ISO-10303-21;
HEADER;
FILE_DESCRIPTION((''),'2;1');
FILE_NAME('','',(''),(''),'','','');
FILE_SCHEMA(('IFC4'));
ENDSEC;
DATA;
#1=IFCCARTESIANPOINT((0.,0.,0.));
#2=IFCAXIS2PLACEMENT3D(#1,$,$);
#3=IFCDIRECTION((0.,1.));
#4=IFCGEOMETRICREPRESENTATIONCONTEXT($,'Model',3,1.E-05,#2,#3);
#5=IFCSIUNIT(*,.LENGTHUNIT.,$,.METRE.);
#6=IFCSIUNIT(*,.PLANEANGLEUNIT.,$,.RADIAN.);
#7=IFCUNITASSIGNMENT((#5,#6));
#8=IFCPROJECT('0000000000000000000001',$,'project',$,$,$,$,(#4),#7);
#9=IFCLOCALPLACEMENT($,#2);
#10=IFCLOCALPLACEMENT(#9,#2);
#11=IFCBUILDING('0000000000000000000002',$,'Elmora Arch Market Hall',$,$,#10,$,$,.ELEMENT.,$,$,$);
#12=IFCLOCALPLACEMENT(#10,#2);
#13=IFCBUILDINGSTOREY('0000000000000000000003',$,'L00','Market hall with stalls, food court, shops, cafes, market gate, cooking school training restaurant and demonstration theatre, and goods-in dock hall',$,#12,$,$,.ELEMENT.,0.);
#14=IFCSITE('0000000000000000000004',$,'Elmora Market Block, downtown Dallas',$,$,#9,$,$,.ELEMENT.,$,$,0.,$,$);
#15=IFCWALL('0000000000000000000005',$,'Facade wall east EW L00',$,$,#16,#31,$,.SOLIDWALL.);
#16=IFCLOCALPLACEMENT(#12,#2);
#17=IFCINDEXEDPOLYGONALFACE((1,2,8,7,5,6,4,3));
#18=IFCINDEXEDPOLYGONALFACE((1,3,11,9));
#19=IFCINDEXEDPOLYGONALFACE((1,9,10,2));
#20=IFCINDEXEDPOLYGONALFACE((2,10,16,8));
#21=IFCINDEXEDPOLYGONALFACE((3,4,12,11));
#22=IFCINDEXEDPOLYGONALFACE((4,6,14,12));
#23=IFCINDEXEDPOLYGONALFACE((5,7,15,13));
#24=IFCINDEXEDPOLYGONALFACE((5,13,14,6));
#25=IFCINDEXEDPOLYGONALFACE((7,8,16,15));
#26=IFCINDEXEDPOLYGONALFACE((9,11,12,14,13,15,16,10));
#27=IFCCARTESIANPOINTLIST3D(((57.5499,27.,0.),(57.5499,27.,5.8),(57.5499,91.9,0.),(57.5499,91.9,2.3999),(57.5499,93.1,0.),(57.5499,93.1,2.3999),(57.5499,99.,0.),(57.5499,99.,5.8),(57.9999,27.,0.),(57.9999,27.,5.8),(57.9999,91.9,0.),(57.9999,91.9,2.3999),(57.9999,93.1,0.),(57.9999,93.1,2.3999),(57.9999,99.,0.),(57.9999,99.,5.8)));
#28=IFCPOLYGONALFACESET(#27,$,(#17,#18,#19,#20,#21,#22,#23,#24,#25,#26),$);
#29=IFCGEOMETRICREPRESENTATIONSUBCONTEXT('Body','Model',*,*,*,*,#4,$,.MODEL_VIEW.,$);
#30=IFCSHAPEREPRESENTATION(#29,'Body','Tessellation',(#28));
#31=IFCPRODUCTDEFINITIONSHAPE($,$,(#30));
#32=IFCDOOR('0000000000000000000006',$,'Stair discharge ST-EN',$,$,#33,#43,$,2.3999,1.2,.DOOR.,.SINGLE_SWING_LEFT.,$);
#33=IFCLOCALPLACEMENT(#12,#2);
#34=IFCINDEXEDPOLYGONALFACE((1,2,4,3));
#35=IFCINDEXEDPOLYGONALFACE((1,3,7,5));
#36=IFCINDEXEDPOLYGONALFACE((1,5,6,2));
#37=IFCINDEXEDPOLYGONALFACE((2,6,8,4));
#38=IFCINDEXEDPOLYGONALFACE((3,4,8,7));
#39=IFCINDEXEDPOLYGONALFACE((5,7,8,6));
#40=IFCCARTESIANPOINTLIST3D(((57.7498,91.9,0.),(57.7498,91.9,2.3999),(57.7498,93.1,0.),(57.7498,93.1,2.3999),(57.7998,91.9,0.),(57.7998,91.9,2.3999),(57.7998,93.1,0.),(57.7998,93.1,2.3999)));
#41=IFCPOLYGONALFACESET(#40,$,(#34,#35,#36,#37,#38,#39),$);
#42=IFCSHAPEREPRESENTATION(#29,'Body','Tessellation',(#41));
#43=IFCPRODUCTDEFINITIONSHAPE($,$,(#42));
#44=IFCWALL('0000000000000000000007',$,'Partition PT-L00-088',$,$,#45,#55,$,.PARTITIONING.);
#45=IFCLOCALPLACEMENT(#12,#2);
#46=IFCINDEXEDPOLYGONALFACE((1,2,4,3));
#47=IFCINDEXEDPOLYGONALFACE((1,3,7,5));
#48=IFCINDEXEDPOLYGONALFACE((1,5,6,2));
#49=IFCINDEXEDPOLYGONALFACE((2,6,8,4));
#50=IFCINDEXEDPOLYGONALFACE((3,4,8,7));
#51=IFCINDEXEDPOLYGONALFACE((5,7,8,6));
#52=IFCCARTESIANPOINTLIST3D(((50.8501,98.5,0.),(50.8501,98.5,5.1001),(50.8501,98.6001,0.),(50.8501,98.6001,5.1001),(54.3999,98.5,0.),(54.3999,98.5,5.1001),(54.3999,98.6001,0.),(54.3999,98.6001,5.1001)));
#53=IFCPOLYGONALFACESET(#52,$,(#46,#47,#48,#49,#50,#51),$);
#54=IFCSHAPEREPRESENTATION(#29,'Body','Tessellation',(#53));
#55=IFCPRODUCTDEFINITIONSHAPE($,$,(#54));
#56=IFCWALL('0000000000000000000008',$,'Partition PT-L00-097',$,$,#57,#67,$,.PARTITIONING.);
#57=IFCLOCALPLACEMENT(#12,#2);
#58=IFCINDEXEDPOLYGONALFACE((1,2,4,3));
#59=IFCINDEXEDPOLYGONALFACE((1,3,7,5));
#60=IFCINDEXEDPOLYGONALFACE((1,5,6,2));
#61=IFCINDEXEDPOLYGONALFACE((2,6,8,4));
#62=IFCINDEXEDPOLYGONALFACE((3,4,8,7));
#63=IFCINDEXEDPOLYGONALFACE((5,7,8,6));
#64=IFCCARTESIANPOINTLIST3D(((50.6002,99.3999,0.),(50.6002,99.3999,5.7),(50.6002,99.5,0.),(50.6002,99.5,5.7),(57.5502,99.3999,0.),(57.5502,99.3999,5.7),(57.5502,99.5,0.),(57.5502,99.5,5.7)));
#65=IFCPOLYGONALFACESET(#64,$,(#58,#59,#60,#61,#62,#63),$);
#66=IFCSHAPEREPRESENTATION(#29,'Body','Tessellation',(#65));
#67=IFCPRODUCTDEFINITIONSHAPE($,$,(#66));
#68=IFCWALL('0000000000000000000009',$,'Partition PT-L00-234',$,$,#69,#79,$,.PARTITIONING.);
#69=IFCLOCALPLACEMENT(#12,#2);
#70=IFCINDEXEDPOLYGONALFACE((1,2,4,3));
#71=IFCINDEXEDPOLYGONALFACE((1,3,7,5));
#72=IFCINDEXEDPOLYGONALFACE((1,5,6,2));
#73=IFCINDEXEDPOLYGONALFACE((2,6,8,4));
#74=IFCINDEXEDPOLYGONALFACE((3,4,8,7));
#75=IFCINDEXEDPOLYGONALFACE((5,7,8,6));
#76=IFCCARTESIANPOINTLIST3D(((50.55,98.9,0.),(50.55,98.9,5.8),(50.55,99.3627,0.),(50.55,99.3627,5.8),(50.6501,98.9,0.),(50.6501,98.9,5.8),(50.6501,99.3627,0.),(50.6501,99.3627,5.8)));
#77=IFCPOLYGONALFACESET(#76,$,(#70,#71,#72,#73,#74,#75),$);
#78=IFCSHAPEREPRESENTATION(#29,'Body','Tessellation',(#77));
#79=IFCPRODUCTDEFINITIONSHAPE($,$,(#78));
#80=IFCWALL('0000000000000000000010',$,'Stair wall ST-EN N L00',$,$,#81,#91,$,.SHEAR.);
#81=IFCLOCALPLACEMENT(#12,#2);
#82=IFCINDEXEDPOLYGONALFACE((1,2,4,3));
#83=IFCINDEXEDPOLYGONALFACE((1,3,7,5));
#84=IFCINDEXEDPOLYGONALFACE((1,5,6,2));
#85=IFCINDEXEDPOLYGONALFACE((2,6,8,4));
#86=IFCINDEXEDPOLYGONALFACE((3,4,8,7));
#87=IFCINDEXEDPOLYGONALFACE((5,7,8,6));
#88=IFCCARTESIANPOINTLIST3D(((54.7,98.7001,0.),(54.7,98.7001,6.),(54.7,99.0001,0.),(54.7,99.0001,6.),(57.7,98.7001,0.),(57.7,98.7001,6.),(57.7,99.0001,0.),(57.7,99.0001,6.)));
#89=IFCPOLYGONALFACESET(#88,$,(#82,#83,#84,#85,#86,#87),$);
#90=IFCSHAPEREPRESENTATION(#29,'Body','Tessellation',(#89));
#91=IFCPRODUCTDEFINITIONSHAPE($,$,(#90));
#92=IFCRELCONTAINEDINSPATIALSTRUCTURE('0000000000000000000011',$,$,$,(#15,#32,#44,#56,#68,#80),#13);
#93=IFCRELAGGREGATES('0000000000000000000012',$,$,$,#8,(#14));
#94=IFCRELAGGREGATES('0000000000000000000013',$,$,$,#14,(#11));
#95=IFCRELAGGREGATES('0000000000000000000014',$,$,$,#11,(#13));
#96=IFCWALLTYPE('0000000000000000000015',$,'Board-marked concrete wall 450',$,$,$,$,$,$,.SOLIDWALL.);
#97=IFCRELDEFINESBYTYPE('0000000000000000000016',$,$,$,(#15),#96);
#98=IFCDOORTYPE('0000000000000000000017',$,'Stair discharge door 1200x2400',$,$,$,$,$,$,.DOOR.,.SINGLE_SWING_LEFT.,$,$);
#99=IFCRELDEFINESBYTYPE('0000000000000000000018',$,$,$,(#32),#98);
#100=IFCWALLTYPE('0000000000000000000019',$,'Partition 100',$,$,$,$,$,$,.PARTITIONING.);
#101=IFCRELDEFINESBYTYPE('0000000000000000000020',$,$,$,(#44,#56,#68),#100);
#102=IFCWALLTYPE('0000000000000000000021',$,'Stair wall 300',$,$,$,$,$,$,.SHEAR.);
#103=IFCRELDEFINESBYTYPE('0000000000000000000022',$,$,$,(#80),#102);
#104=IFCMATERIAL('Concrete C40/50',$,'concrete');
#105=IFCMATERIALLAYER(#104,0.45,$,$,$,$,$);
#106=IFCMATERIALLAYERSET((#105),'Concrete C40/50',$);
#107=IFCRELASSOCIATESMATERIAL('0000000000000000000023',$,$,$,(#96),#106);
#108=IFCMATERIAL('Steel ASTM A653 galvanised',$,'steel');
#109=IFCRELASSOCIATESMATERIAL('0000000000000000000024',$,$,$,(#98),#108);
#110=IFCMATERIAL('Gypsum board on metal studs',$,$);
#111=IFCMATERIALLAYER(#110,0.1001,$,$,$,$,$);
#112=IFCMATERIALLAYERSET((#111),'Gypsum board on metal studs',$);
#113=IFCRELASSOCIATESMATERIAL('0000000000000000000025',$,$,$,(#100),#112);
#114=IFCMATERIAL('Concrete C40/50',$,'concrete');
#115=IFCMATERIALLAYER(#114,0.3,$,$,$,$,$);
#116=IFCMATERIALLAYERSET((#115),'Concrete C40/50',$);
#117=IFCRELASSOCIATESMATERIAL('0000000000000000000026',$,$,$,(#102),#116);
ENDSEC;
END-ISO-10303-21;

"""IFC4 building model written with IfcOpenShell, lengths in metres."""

from ifc_helpers import new_model, si_unit, direction, frame, frame_2d, origin, place, context, subcontext, project, spatial, rectangle, extrude, material, layer, layer_set, type_object, element, fill, save


model = new_model("IFC4")

# Units and contexts
model_context = context("Model", 3, precision=1e-05, world=origin(), true_north=direction((0.0, 1.0)))
body_context = subcontext(model_context, "Body", "Model", "MODEL_VIEW")
ifc_project = project(units=[si_unit("LENGTHUNIT", "METRE"), si_unit("PLANEANGLEUNIT", "RADIAN")], contexts=[model_context])

# Site, building, storey
site_placement = place(None, origin())
site = spatial("IfcSite", under=ifc_project, at=site_placement, Name="Elmora Market Block, downtown Dallas", CompositionType="ELEMENT", RefElevation=0.0)
building_placement = place(site_placement, origin())
building = spatial("IfcBuilding", under=site, at=building_placement, Name="Elmora Arch Market Hall", CompositionType="ELEMENT")
storey_placement = place(building_placement, origin())
storey = spatial("IfcBuildingStorey", under=building, at=storey_placement, Name="L00", Description="Market hall with stalls, food court, shops, cafes, market gate, cooking school training restaurant and demonstration theatre, and goods-in dock hall", CompositionType="ELEMENT", Elevation=0.0)

# Wall, opening, door
ifc_material_1 = material(Name="Concrete C40/50", Category="concrete")
ifc_layer_1 = layer(ifc_material_1, 0.45)
ifc_layer_set_1 = layer_set([ifc_layer_1], Name="Concrete C40/50")
wall_type_1 = type_object("IfcWallType", Name="Board-marked concrete wall 450", PredefinedType="SOLIDWALL", material=ifc_layer_set_1)
wall_1_placement = place(storey_placement, frame((57.7749, 99.0, 0.0), z_axis=(0.0, 0.0, 1.0), x_axis=(0.0, -1.0, 0.0)))
wall_1 = element("IfcWall", 1, at=wall_1_placement, inside=storey, type_object=wall_type_1, Name="Facade wall east EW L00", PredefinedType="SOLIDWALL", context=body_context, shape_type="SweptSolid", body=[
    extrude(rectangle(XDim=72.0, YDim=0.45, at=frame_2d((36.0, 0.0))), origin(), (0.0, 0.0, 1.0), 5.8),
])
opening_placement = place(wall_1_placement, frame((5.8999, 0.0, 0.0)))
opening = element("IfcOpeningElement", 2, at=opening_placement, cuts=wall_1, PredefinedType="OPENING", context=body_context, shape_type="SweptSolid", body=[
    extrude(rectangle(XDim=1.2, YDim=2.3999, at=frame_2d((0.6001, 1.2))), frame((0.0, 0.2349, 0.0), z_axis=(0.0, -1.0, 0.0), x_axis=(1.0, 0.0, 0.0)), (0.0, 0.0, 1.0), 0.47),
])
ifc_material_2 = material(Name="Steel ASTM A653 galvanised", Category="steel")
door_type = type_object("IfcDoorType", Name="Stair discharge door 1200x2400", OperationType="SINGLE_SWING_LEFT", PredefinedType="DOOR", material=ifc_material_2)
door_placement = place(opening_placement, origin())
door = element("IfcDoor", 3, at=door_placement, inside=storey, type_object=door_type, Name="Stair discharge ST-EN", OperationType="SINGLE_SWING_LEFT", OverallHeight=2.3999, OverallWidth=1.2, PredefinedType="DOOR", context=body_context, shape_type="SweptSolid", body=[
    extrude(rectangle(XDim=1.2, YDim=2.3999, at=frame_2d((0.6001, 1.2))), frame((0.0, 0.0249, 0.0), z_axis=(0.0, -1.0, 0.0), x_axis=(1.0, 0.0, 0.0)), (0.0, 0.0, 1.0), 0.05),
])
fill(opening, door)

# Walls
ifc_material_3 = material(Name="Gypsum board on metal studs")
ifc_layer_2 = layer(ifc_material_3, 0.1001)
ifc_layer_set_2 = layer_set([ifc_layer_2], Name="Gypsum board on metal studs")
wall_type_2 = type_object("IfcWallType", Name="Partition 100", PredefinedType="PARTITIONING", material=ifc_layer_set_2)
wall_2_placement = place(storey_placement, frame((50.8501, 98.55, 0.0), z_axis=(0.0, 0.0, 1.0), x_axis=(1.0, 0.0, 0.0)))
element("IfcWall", 4, at=wall_2_placement, inside=storey, type_object=wall_type_2, Name="Partition PT-L00-088", PredefinedType="PARTITIONING", context=body_context, shape_type="SweptSolid", body=[
    extrude(rectangle(XDim=3.5498, YDim=0.1001, at=frame_2d((1.7749, 0.0))), origin(), (0.0, 0.0, 1.0), 5.1001),
])
wall_3_placement = place(storey_placement, frame((50.6001, 99.45, 0.0), z_axis=(0.0, 0.0, 1.0), x_axis=(1.0, 0.0, 0.0)))
element("IfcWall", 5, at=wall_3_placement, inside=storey, type_object=wall_type_2, Name="Partition PT-L00-097", PredefinedType="PARTITIONING", context=body_context, shape_type="SweptSolid", body=[
    extrude(rectangle(XDim=6.95, YDim=0.1001, at=frame_2d((3.4751, 0.0))), origin(), (0.0, 0.0, 1.0), 5.7),
])
wall_4_placement = place(storey_placement, frame((50.6001, 98.8999, 0.0), z_axis=(0.0, 0.0, 1.0), x_axis=(0.0, 1.0, 0.0)))
element("IfcWall", 6, at=wall_4_placement, inside=storey, type_object=wall_type_2, Name="Partition PT-L00-234", PredefinedType="PARTITIONING", context=body_context, shape_type="SweptSolid", body=[
    extrude(rectangle(XDim=0.4626, YDim=0.1001, at=frame_2d((0.2314, 0.0))), origin(), (0.0, 0.0, 1.0), 5.8),
])
ifc_material_4 = material(Name="Concrete C40/50", Category="concrete")
ifc_layer_3 = layer(ifc_material_4, 0.3)
ifc_layer_set_3 = layer_set([ifc_layer_3], Name="Concrete C40/50")
wall_type_3 = type_object("IfcWallType", Name="Stair wall 300", PredefinedType="SHEAR", material=ifc_layer_set_3)
wall_5_placement = place(storey_placement, frame((54.7, 98.8501, 0.0), z_axis=(0.0, 0.0, 1.0), x_axis=(1.0, 0.0, 0.0)))
element("IfcWall", 7, at=wall_5_placement, inside=storey, type_object=wall_type_3, Name="Stair wall ST-EN N L00", PredefinedType="SHEAR", context=body_context, shape_type="SweptSolid", body=[
    extrude(rectangle(XDim=3.0, YDim=0.3, at=frame_2d((1.5, 0.0))), origin(), (0.0, 0.0, 1.0), 6.0),
])

save(model, "model.ifc")
